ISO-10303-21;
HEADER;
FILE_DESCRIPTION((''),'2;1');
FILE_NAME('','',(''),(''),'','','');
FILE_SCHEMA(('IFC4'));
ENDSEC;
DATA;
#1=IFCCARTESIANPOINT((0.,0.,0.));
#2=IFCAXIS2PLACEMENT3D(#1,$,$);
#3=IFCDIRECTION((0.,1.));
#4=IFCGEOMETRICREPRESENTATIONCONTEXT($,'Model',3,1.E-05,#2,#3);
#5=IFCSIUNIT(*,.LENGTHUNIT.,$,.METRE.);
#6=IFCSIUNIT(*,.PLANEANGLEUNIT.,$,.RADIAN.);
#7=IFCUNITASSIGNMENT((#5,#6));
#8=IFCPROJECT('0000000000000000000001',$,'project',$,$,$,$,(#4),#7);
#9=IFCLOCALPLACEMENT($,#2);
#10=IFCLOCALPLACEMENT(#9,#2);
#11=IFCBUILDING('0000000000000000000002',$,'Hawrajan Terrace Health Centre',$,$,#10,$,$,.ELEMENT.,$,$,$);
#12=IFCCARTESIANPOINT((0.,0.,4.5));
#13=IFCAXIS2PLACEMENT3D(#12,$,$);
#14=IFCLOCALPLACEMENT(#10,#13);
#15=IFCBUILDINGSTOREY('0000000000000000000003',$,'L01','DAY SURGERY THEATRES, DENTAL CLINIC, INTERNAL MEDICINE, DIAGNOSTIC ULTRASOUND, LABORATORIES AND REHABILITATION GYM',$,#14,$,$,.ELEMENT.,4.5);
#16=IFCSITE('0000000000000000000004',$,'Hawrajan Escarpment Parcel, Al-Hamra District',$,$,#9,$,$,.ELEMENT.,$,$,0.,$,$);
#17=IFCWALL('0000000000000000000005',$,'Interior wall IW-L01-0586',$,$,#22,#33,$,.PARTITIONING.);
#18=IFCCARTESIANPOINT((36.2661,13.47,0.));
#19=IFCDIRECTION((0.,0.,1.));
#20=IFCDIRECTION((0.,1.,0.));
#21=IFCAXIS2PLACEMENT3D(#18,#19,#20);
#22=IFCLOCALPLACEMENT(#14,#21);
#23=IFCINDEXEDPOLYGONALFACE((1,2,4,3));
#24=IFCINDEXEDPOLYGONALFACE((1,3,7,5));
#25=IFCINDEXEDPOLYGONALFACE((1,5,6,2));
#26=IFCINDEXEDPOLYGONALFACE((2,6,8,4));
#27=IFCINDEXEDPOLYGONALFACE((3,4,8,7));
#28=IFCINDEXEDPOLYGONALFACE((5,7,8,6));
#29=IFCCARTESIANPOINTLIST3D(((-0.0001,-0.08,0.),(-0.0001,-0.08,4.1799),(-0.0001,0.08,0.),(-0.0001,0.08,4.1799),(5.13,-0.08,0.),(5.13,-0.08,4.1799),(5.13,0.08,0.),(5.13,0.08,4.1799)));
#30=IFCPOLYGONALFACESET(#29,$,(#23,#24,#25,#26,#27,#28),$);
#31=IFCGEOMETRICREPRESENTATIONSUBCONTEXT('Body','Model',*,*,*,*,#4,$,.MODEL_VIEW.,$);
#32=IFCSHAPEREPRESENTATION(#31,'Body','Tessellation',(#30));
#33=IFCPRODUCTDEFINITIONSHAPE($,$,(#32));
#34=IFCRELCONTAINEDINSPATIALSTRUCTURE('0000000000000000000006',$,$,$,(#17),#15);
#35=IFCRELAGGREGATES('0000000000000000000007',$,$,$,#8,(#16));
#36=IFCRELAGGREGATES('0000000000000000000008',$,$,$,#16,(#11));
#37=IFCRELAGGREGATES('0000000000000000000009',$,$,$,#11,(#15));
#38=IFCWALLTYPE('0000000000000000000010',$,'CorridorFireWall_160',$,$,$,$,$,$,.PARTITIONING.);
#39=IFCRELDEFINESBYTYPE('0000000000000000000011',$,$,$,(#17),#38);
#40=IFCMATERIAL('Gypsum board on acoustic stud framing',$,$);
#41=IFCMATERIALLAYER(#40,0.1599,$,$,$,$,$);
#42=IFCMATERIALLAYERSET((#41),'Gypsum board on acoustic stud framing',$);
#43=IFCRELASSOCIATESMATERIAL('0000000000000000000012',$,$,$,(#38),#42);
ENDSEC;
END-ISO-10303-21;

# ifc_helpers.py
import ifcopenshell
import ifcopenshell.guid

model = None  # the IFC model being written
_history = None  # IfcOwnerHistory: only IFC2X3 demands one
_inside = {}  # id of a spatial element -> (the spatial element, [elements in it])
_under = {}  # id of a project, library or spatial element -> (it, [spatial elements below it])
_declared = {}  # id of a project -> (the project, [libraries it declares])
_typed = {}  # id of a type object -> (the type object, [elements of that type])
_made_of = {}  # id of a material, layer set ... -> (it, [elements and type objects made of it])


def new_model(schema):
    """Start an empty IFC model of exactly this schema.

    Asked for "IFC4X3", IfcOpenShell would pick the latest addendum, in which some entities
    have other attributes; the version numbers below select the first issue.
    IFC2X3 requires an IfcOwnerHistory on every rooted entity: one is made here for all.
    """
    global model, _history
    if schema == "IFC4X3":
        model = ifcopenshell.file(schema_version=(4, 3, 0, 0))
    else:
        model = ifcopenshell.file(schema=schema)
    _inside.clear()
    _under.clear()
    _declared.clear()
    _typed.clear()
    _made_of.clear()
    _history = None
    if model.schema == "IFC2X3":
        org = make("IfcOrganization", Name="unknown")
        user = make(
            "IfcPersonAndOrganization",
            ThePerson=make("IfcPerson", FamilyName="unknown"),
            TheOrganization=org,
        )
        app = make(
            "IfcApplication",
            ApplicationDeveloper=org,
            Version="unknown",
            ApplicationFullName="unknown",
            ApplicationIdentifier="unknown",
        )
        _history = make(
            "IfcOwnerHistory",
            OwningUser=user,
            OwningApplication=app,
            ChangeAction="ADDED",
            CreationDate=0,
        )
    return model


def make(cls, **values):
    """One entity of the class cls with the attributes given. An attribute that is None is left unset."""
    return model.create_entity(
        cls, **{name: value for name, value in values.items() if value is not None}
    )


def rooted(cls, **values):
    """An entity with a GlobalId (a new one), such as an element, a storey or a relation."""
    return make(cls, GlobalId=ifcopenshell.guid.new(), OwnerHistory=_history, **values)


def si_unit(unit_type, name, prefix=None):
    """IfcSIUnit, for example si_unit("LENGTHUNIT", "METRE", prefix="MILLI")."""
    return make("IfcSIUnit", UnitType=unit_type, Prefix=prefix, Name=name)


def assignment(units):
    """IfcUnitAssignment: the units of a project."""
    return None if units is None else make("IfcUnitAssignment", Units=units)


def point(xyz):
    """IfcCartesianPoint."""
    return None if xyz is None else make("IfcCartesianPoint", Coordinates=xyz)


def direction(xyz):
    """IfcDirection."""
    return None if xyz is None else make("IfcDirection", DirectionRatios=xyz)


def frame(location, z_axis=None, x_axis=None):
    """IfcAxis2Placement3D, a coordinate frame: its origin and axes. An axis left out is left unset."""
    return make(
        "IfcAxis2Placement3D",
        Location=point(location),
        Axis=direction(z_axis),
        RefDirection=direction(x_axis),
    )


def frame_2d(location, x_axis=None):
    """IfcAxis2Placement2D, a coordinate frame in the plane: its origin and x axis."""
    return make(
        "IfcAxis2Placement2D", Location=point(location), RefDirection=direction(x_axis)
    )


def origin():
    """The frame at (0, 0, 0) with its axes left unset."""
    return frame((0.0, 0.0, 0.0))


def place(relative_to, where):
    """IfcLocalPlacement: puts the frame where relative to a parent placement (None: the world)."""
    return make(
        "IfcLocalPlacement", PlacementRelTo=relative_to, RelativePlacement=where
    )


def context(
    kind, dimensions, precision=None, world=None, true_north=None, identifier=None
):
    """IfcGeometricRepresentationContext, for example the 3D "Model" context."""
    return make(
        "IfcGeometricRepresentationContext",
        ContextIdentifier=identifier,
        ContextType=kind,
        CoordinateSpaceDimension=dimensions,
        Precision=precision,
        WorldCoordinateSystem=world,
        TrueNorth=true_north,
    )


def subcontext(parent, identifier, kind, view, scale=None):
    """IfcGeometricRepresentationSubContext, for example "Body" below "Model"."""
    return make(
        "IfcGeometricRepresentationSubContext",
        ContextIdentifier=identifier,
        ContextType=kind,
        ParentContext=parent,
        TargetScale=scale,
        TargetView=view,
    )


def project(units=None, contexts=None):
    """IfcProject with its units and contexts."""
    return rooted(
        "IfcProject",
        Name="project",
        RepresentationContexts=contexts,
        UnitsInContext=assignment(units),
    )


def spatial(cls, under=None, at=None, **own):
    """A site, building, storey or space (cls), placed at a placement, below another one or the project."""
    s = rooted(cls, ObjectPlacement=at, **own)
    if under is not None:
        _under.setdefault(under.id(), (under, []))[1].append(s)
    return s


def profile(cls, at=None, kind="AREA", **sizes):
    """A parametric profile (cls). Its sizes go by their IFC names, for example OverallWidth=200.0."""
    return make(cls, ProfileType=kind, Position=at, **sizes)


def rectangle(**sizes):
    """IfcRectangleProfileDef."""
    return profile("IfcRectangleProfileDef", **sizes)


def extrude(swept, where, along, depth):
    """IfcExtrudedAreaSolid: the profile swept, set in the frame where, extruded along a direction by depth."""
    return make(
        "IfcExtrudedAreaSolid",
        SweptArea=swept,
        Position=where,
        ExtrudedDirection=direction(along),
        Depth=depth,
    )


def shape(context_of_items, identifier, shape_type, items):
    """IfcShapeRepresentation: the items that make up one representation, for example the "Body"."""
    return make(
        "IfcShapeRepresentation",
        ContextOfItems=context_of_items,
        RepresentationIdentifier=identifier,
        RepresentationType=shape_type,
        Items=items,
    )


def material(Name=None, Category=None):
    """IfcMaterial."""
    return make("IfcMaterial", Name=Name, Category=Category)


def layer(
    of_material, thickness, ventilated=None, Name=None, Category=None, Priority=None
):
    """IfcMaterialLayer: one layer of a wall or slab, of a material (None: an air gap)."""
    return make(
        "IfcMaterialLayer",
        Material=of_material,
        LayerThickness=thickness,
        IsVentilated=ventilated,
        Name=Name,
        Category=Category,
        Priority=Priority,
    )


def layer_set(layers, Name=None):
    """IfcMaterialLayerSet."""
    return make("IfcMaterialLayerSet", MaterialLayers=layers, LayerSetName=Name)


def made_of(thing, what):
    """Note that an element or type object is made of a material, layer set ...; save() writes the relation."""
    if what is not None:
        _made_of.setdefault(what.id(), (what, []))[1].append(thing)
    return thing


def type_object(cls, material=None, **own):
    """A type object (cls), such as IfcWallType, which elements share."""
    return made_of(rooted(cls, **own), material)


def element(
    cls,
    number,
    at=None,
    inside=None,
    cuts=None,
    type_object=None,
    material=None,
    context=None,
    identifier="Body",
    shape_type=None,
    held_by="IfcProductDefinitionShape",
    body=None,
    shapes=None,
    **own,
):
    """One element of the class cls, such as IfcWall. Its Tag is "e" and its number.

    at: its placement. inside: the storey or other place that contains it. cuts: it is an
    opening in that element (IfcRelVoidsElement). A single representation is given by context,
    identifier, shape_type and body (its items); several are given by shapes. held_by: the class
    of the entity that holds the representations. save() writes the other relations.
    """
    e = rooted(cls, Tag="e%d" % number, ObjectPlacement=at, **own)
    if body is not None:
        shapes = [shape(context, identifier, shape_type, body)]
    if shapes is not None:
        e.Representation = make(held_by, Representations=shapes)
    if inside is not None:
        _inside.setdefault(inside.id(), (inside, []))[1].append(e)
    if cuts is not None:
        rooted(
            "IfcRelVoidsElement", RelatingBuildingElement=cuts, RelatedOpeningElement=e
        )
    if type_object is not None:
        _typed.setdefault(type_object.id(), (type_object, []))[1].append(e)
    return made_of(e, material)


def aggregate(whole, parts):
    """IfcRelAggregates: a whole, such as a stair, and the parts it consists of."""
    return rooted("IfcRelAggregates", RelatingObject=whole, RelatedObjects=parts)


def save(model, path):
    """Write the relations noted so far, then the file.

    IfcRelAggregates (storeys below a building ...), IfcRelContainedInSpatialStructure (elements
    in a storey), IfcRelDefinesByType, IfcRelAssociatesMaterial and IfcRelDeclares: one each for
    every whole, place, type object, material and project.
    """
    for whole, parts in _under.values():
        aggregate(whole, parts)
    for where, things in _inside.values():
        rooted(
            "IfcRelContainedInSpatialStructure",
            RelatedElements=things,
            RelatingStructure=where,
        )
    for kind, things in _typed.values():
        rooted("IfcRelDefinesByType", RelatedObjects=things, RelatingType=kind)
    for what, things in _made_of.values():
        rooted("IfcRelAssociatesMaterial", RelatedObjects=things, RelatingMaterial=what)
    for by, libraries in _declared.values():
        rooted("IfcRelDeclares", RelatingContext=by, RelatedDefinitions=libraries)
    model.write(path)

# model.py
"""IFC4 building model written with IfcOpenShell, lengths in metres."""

from ifc_helpers import new_model, si_unit, direction, frame, frame_2d, origin, place, context, subcontext, project, spatial, rectangle, extrude, material, layer, layer_set, type_object, element, save


model = new_model("IFC4")

# Units and contexts
model_context = context("Model", 3, precision=1e-05, world=origin(), true_north=direction((0.0, 1.0)))
body_context = subcontext(model_context, "Body", "Model", "MODEL_VIEW")
ifc_project = project(units=[si_unit("LENGTHUNIT", "METRE"), si_unit("PLANEANGLEUNIT", "RADIAN")], contexts=[model_context])

# Site, building, storey
site_placement = place(None, origin())
site = spatial("IfcSite", under=ifc_project, at=site_placement, Name="Hawrajan Escarpment Parcel, Al-Hamra District", CompositionType="ELEMENT", RefElevation=0.0)
building_placement = place(site_placement, origin())
building = spatial("IfcBuilding", under=site, at=building_placement, Name="Hawrajan Terrace Health Centre", CompositionType="ELEMENT")
storey_placement = place(building_placement, frame((0.0, 0.0, 4.5)))
storey = spatial("IfcBuildingStorey", under=building, at=storey_placement, Name="L01", Description="DAY SURGERY THEATRES, DENTAL CLINIC, INTERNAL MEDICINE, DIAGNOSTIC ULTRASOUND, LABORATORIES AND REHABILITATION GYM", CompositionType="ELEMENT", Elevation=4.5)

# Wall
ifc_material_1 = material(Name="Gypsum board on acoustic stud framing")
ifc_layer_1 = layer(ifc_material_1, 0.1599)
ifc_layer_set_1 = layer_set([ifc_layer_1], Name="Gypsum board on acoustic stud framing")
wall_type_1 = type_object("IfcWallType", Name="CorridorFireWall_160", PredefinedType="PARTITIONING", material=ifc_layer_set_1)
wall_1_placement = place(storey_placement, frame((36.2661, 13.47, 0.0), z_axis=(0.0, 0.0, 1.0), x_axis=(0.0, 1.0, 0.0)))
element("IfcWall", 1, at=wall_1_placement, inside=storey, type_object=wall_type_1, Name="Interior wall IW-L01-0586", PredefinedType="PARTITIONING", context=body_context, shape_type="SweptSolid", body=[
    extrude(rectangle(XDim=5.1301, YDim=0.1599, at=frame_2d((2.5649, 0.0))), origin(), (0.0, 0.0, 1.0), 4.1799),
])

save(model, "model.ifc")
